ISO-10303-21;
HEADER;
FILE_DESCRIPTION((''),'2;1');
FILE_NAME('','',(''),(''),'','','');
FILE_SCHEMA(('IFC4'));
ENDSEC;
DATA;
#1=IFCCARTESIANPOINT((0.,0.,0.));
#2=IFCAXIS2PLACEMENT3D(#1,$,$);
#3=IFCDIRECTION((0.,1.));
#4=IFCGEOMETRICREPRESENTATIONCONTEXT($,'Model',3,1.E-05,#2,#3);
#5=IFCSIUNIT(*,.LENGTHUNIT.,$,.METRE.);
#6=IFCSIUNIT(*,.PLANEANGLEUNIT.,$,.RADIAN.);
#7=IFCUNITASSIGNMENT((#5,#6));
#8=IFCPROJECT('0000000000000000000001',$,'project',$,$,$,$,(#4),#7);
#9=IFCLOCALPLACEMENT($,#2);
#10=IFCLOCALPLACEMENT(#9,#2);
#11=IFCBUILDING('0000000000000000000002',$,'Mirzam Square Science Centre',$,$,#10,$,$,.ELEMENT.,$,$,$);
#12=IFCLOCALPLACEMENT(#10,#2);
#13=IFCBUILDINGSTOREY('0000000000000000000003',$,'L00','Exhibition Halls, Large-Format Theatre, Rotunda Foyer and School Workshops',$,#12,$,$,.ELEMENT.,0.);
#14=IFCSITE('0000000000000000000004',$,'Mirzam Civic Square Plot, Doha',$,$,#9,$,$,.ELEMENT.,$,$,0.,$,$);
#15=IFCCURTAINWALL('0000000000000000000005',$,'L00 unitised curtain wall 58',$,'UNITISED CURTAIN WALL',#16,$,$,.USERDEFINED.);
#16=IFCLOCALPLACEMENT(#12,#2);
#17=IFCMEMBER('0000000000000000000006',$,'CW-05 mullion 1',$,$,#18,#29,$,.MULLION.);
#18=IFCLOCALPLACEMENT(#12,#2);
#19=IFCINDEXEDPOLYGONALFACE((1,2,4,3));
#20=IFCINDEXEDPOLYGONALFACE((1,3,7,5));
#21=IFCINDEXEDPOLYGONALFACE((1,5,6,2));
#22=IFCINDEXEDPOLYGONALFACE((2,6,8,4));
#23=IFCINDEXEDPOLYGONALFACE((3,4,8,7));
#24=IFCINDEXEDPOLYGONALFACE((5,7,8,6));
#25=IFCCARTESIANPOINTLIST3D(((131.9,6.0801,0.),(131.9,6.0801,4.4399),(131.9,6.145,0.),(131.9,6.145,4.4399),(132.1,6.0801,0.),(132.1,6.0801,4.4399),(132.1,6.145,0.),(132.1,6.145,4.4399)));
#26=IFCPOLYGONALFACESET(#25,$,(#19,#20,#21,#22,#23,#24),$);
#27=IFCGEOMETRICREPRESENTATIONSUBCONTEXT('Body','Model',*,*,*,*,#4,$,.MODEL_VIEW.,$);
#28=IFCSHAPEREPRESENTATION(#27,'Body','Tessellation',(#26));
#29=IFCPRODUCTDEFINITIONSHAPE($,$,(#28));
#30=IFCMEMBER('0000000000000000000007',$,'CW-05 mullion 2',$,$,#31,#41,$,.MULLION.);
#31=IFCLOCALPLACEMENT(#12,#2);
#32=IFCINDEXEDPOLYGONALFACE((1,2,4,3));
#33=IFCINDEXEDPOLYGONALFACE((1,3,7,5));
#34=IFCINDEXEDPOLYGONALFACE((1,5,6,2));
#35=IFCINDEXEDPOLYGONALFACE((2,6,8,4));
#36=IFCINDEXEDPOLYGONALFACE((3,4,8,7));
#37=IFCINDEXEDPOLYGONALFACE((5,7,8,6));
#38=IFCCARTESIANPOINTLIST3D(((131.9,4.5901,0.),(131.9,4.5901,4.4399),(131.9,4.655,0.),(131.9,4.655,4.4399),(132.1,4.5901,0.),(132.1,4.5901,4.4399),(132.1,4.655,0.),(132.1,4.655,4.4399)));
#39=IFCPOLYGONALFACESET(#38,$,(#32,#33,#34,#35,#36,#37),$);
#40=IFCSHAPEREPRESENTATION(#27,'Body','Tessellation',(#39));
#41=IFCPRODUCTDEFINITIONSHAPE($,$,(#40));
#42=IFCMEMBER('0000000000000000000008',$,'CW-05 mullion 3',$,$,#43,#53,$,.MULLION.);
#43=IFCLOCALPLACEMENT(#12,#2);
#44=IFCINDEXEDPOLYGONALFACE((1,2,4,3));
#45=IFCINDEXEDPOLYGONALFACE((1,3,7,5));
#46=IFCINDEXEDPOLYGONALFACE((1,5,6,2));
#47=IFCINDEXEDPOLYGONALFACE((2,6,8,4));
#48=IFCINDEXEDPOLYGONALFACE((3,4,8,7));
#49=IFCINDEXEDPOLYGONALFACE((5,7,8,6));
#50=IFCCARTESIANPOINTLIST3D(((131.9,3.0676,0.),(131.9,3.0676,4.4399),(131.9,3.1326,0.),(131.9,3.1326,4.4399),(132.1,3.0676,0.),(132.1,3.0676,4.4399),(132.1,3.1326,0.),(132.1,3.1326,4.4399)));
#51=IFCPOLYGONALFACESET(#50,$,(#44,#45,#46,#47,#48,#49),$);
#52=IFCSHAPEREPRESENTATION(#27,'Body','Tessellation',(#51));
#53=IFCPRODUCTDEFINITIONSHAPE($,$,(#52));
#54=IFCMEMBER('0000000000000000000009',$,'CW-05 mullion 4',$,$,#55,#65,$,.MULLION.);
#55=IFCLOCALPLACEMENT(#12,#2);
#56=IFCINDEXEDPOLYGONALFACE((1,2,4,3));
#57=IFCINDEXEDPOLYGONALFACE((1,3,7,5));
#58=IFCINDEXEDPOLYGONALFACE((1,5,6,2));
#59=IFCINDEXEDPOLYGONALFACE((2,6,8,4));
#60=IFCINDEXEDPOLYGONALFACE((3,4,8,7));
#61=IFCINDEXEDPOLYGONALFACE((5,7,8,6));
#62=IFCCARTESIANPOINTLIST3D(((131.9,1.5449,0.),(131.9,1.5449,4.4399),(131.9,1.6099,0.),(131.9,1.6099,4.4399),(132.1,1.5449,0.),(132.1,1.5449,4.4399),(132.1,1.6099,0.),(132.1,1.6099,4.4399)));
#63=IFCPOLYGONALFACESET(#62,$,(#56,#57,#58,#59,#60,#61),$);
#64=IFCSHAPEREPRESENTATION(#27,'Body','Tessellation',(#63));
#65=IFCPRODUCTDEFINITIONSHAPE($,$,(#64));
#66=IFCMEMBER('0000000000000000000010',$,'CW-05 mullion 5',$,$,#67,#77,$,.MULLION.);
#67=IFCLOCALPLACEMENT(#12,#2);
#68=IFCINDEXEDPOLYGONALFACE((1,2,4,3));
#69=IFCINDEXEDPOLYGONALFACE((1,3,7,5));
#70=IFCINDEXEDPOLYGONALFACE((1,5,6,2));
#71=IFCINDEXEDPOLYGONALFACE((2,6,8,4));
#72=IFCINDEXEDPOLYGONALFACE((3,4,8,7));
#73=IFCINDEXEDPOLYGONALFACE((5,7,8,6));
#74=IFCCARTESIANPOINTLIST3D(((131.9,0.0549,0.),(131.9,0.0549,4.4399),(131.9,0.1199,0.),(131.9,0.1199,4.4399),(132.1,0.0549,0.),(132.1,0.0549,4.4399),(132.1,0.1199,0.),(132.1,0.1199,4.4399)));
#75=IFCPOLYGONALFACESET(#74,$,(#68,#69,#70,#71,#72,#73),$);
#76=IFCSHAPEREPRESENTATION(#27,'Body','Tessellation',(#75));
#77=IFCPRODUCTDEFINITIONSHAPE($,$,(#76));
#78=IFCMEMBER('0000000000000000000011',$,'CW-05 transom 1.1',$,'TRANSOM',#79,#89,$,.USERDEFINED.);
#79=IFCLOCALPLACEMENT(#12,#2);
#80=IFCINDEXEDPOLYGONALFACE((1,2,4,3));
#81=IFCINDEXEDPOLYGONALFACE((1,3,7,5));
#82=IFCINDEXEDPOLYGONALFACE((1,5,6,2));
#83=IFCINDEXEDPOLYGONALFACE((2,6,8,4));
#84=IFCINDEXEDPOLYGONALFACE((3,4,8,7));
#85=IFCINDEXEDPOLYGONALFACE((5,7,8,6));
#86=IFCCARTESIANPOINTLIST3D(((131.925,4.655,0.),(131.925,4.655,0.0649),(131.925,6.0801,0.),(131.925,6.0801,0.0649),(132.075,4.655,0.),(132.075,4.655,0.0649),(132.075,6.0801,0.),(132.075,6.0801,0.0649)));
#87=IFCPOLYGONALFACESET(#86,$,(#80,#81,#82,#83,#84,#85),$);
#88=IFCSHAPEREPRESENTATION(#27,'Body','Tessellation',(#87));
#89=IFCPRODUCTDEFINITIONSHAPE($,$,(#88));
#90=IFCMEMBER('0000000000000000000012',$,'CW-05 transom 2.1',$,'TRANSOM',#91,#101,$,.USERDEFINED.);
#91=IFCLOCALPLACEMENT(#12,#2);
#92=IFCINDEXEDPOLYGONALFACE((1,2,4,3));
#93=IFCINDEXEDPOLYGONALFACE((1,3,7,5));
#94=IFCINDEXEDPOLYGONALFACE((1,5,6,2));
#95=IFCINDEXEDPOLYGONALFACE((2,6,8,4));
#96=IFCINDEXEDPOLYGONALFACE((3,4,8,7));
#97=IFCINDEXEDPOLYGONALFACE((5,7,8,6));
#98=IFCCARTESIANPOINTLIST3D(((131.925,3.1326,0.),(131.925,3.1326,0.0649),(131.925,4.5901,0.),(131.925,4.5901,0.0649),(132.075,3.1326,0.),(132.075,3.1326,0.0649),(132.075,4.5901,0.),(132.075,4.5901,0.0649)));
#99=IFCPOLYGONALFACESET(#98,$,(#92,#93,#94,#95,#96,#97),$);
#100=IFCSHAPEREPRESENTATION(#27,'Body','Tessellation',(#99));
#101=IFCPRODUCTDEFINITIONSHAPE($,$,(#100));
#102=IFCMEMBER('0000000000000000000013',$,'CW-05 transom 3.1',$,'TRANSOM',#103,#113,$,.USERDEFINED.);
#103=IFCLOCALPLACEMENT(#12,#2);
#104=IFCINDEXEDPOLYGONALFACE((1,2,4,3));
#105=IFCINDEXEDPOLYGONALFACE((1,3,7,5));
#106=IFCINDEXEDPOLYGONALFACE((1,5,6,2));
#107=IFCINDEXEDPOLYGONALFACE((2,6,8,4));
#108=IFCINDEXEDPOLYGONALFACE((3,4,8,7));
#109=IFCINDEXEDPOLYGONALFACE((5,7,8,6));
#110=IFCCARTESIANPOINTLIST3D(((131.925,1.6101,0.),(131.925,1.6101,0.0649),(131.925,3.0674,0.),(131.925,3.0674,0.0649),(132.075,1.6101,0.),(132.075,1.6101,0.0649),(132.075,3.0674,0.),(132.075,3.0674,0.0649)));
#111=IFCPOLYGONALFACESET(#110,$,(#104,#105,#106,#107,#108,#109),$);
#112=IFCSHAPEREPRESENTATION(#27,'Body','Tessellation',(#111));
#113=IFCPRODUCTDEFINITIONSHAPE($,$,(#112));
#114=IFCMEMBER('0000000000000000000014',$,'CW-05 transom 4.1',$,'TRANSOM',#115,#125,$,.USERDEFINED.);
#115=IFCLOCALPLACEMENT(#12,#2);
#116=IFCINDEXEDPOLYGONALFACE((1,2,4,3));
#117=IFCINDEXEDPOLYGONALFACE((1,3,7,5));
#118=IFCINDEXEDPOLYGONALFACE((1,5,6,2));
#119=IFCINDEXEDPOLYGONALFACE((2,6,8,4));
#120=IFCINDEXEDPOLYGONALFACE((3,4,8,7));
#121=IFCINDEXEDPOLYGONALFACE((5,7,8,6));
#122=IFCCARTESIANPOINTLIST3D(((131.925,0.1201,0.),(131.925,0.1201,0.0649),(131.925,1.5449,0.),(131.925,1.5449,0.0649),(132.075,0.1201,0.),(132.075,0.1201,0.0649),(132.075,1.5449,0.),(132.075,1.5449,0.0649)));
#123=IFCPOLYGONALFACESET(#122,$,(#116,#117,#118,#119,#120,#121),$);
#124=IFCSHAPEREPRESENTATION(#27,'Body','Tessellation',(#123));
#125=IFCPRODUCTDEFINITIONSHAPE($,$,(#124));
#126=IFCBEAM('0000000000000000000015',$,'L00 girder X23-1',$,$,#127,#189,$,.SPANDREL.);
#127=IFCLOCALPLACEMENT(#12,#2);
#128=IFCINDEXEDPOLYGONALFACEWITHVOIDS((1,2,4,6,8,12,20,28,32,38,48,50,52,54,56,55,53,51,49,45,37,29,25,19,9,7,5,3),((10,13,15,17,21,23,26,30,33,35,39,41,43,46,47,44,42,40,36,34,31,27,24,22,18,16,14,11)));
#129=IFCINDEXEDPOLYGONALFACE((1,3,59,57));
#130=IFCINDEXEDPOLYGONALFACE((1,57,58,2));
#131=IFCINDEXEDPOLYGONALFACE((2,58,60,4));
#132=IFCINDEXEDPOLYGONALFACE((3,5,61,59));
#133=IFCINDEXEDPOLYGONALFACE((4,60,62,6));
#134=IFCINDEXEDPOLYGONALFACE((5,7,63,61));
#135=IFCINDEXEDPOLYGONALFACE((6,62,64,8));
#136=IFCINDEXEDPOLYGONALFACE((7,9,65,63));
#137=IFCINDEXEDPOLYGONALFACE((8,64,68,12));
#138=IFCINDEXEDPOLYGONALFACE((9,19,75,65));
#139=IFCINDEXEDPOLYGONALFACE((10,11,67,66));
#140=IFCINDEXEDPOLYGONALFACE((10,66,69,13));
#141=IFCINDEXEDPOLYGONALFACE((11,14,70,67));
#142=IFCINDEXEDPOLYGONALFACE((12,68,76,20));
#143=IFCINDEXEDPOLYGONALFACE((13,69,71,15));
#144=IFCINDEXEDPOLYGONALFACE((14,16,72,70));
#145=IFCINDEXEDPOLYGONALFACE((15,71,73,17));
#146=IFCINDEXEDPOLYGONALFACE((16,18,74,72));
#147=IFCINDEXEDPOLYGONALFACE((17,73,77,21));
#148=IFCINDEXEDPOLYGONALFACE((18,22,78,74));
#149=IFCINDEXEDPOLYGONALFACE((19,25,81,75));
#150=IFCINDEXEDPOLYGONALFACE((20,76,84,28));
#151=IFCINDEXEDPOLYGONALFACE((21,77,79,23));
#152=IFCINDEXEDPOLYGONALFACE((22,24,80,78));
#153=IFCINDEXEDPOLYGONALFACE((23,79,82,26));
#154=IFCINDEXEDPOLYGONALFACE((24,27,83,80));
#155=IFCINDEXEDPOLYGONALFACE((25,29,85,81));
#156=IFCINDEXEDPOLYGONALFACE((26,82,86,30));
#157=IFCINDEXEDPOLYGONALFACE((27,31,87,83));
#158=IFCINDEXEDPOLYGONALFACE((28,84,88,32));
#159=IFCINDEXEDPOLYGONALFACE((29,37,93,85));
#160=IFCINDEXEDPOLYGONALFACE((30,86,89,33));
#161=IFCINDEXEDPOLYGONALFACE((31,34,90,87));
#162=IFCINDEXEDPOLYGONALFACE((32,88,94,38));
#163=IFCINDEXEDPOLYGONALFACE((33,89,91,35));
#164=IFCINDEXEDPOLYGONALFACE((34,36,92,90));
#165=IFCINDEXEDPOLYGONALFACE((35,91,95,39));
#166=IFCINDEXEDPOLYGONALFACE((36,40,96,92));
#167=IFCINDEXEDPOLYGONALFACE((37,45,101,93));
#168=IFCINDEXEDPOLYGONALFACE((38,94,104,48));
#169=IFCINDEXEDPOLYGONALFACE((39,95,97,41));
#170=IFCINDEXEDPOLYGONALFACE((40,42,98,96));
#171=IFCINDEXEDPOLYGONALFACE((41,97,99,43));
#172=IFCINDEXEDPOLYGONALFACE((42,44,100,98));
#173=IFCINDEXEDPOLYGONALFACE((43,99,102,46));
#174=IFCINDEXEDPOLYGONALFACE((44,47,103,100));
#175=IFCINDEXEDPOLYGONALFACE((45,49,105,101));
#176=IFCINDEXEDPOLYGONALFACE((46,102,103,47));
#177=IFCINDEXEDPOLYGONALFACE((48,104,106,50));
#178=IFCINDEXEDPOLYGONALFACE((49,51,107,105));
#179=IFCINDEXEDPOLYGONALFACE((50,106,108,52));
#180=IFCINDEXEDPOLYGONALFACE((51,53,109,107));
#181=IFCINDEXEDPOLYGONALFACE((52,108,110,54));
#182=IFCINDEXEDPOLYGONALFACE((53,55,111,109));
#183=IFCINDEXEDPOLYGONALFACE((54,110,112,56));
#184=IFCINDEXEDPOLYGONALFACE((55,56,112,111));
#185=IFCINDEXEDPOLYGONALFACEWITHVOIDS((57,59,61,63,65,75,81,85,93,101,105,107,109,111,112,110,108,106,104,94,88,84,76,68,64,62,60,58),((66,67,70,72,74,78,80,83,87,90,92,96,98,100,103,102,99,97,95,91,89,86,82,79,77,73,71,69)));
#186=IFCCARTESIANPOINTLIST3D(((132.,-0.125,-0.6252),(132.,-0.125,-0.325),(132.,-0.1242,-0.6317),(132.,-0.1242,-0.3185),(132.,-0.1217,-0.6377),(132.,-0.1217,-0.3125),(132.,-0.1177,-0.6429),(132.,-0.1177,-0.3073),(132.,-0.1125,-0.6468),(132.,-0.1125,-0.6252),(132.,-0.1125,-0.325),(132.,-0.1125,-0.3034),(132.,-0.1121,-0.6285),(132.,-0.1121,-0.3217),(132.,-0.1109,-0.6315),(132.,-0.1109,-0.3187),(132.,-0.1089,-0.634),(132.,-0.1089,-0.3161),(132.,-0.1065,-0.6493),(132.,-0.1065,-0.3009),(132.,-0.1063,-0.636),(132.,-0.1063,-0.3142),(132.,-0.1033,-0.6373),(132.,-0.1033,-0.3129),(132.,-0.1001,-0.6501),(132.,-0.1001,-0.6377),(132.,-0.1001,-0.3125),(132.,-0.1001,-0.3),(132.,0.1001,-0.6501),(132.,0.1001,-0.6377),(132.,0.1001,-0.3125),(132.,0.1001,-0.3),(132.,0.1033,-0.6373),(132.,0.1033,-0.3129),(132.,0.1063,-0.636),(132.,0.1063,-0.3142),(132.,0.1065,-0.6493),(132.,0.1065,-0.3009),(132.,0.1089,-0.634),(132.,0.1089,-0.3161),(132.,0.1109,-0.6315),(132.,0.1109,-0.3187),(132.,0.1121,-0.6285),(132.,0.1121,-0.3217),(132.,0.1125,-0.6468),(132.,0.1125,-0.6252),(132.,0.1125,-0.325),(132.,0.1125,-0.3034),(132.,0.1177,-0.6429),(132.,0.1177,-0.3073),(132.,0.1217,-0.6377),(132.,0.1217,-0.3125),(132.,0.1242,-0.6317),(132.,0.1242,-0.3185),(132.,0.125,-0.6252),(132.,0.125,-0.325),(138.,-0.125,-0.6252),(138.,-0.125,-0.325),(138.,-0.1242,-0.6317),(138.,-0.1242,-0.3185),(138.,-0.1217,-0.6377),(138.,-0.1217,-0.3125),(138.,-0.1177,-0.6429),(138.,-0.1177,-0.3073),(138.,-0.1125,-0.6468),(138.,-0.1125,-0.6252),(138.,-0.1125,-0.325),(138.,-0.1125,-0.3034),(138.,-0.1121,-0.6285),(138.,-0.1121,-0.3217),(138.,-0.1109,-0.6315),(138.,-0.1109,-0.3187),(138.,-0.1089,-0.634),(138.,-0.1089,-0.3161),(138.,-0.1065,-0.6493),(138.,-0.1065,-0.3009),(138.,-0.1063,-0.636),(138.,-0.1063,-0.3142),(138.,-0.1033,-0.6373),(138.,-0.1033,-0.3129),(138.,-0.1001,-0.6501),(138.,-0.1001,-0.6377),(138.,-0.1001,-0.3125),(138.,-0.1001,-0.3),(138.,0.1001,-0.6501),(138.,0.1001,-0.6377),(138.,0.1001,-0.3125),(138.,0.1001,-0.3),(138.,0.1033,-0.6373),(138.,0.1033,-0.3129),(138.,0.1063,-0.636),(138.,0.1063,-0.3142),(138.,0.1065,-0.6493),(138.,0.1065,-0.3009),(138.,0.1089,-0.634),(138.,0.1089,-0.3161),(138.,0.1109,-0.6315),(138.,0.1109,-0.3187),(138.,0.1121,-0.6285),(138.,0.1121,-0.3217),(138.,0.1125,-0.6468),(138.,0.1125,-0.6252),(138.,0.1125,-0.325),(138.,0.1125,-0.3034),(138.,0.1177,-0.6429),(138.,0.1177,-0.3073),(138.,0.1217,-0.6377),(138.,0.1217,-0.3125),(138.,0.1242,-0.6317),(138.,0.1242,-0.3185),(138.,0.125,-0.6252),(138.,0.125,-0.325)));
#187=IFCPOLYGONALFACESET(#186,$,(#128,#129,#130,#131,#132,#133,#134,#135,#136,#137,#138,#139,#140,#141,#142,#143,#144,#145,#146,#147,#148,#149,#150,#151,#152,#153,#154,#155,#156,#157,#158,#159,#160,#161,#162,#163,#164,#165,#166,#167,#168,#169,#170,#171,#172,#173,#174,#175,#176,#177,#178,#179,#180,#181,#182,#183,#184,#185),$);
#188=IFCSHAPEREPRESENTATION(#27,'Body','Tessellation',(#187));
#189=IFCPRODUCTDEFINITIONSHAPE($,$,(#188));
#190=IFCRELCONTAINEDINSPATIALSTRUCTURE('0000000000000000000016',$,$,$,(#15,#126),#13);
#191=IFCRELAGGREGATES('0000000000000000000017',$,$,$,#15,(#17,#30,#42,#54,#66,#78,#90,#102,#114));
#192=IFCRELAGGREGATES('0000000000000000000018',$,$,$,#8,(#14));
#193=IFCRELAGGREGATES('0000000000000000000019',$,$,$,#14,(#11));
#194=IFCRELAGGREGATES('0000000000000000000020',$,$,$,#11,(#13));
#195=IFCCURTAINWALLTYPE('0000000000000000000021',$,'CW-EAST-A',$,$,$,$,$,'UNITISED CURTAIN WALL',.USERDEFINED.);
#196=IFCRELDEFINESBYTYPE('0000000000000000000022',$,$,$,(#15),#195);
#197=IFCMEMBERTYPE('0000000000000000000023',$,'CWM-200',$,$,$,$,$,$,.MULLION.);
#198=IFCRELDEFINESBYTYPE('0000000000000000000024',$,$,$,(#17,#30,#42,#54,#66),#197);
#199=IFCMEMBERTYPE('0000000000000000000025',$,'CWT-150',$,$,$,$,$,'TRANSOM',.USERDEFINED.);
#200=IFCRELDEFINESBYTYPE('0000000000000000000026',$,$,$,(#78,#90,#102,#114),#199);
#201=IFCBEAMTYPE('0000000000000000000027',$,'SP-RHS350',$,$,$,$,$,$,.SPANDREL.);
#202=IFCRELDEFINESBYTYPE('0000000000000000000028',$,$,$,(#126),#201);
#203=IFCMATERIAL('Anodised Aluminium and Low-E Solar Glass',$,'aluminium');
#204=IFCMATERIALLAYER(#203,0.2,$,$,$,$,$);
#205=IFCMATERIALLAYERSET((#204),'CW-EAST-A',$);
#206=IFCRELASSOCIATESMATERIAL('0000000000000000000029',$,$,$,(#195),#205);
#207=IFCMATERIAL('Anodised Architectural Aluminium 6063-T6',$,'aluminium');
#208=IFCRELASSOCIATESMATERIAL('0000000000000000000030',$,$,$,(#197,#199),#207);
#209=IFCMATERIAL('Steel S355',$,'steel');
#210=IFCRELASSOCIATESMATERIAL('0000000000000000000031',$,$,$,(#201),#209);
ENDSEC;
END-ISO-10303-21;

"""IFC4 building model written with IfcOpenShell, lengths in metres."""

from ifc_helpers import new_model, si_unit, direction, frame, origin, origin_2d, place, context, subcontext, project, spatial, rectangle, hollow_rectangle, extrude, material, layer, layer_set, material_profile, profile_set, type_object, element, aggregate, save


model = new_model("IFC4")

# Units and contexts
model_context = context("Model", 3, precision=1e-05, world=origin(), true_north=direction((0.0, 1.0)))
body_context = subcontext(model_context, "Body", "Model", "MODEL_VIEW")
ifc_project = project(units=[si_unit("LENGTHUNIT", "METRE"), si_unit("PLANEANGLEUNIT", "RADIAN")], contexts=[model_context])

# Site, building, storey
site_placement = place(None, origin())
site = spatial("IfcSite", under=ifc_project, at=site_placement, Name="Mirzam Civic Square Plot, Doha", CompositionType="ELEMENT", RefElevation=0.0)
building_placement = place(site_placement, origin())
building = spatial("IfcBuilding", under=site, at=building_placement, Name="Mirzam Square Science Centre", CompositionType="ELEMENT")
storey_placement = place(building_placement, origin())
storey = spatial("IfcBuildingStorey", under=building, at=storey_placement, Name="L00", Description="Exhibition Halls, Large-Format Theatre, Rotunda Foyer and School Workshops", CompositionType="ELEMENT", Elevation=0.0)

# Shared definitions
ifc_material_1 = material(Name="Steel S355", Category="steel")

# Curtain wall, members
ifc_material_2 = material(Name="Anodised Aluminium and Low-E Solar Glass", Category="aluminium")
ifc_layer_1 = layer(ifc_material_2, 0.2)
ifc_layer_set_1 = layer_set([ifc_layer_1], Name="CW-EAST-A")
curtain_wall_type = type_object("IfcCurtainWallType", Name="CW-EAST-A", ElementType="UNITISED CURTAIN WALL", PredefinedType="USERDEFINED", material=ifc_layer_set_1)
curtain_wall_placement = place(storey_placement, origin())
curtain_wall = element("IfcCurtainWall", 1, at=curtain_wall_placement, inside=storey, type_object=curtain_wall_type, Name="L00 unitised curtain wall 58", ObjectType="UNITISED CURTAIN WALL", PredefinedType="USERDEFINED")
ifc_material_3 = material(Name="Anodised Architectural Aluminium 6063-T6", Category="aluminium")
ifc_material_profile_1 = material_profile(ifc_material_3, rectangle(XDim=0.0649, YDim=0.2, at=origin_2d()), Name="ALU-MULL-200x65x5")
ifc_profile_set_1 = profile_set([ifc_material_profile_1], Name="Anodised Architectural Aluminium 6063-T6")
member_type_1 = type_object("IfcMemberType", Name="CWM-200", PredefinedType="MULLION", material=ifc_profile_set_1)
member_1_placement = place(storey_placement, frame((132.0, 6.1125, 0.0), z_axis=(0.0, 0.0, 1.0), x_axis=(0.0, -1.0, 0.0)))
member_1 = element("IfcMember", 2, at=member_1_placement, type_object=member_type_1, Name="CW-05 mullion 1", PredefinedType="MULLION", context=body_context, shape_type="SweptSolid", body=[
    extrude(rectangle(XDim=0.0649, YDim=0.2, at=origin_2d()), origin(), (0.0, 0.0, 1.0), 4.4399),
])
member_2_placement = place(storey_placement, frame((132.0, 4.6226, 0.0), z_axis=(0.0, 0.0, 1.0), x_axis=(0.0, -1.0, 0.0)))
member_2 = element("IfcMember", 3, at=member_2_placement, type_object=member_type_1, Name="CW-05 mullion 2", PredefinedType="MULLION", context=body_context, shape_type="SweptSolid", body=[
    extrude(rectangle(XDim=0.0649, YDim=0.2, at=origin_2d()), origin(), (0.0, 0.0, 1.0), 4.4399),
])
member_3_placement = place(storey_placement, frame((132.0, 3.1001, 0.0), z_axis=(0.0, 0.0, 1.0), x_axis=(0.0, -1.0, 0.0)))
member_3 = element("IfcMember", 4, at=member_3_placement, type_object=member_type_1, Name="CW-05 mullion 3", PredefinedType="MULLION", context=body_context, shape_type="SweptSolid", body=[
    extrude(rectangle(XDim=0.0649, YDim=0.2, at=origin_2d()), origin(), (0.0, 0.0, 1.0), 4.4399),
])
member_4_placement = place(storey_placement, frame((132.0, 1.5774, 0.0), z_axis=(0.0, 0.0, 1.0), x_axis=(0.0, -1.0, 0.0)))
member_4 = element("IfcMember", 5, at=member_4_placement, type_object=member_type_1, Name="CW-05 mullion 4", PredefinedType="MULLION", context=body_context, shape_type="SweptSolid", body=[
    extrude(rectangle(XDim=0.0649, YDim=0.2, at=origin_2d()), origin(), (0.0, 0.0, 1.0), 4.4399),
])
member_5_placement = place(storey_placement, frame((132.0, 0.0874, 0.0), z_axis=(0.0, 0.0, 1.0), x_axis=(0.0, -1.0, 0.0)))
member_5 = element("IfcMember", 6, at=member_5_placement, type_object=member_type_1, Name="CW-05 mullion 5", PredefinedType="MULLION", context=body_context, shape_type="SweptSolid", body=[
    extrude(rectangle(XDim=0.0649, YDim=0.2, at=origin_2d()), origin(), (0.0, 0.0, 1.0), 4.4399),
])
ifc_material_profile_2 = material_profile(ifc_material_3, rectangle(XDim=0.1499, YDim=0.0649, at=origin_2d()), Name="ALU-TRAN-150x65x4")
ifc_profile_set_2 = profile_set([ifc_material_profile_2], Name="Anodised Architectural Aluminium 6063-T6")
member_type_2 = type_object("IfcMemberType", Name="CWT-150", ElementType="TRANSOM", PredefinedType="USERDEFINED", material=ifc_profile_set_2)
member_6_placement = place(storey_placement, frame((132.0, 6.0801, 0.0325), z_axis=(0.0, -1.0, 0.0), x_axis=(1.0, 0.0, 0.0)))
member_6 = element("IfcMember", 7, at=member_6_placement, type_object=member_type_2, Name="CW-05 transom 1.1", ObjectType="TRANSOM", PredefinedType="USERDEFINED", context=body_context, shape_type="SweptSolid", body=[
    extrude(rectangle(XDim=0.1499, YDim=0.0649, at=origin_2d()), origin(), (0.0, 0.0, 1.0), 1.425),
])
member_7_placement = place(storey_placement, frame((132.0, 4.5901, 0.0325), z_axis=(0.0, -1.0, 0.0), x_axis=(1.0, 0.0, 0.0)))
member_7 = element("IfcMember", 8, at=member_7_placement, type_object=member_type_2, Name="CW-05 transom 2.1", ObjectType="TRANSOM", PredefinedType="USERDEFINED", context=body_context, shape_type="SweptSolid", body=[
    extrude(rectangle(XDim=0.1499, YDim=0.0649, at=origin_2d()), origin(), (0.0, 0.0, 1.0), 1.4575),
])
member_8_placement = place(storey_placement, frame((132.0, 3.0674, 0.0325), z_axis=(0.0, -1.0, 0.0), x_axis=(1.0, 0.0, 0.0)))
member_8 = element("IfcMember", 9, at=member_8_placement, type_object=member_type_2, Name="CW-05 transom 3.1", ObjectType="TRANSOM", PredefinedType="USERDEFINED", context=body_context, shape_type="SweptSolid", body=[
    extrude(rectangle(XDim=0.1499, YDim=0.0649, at=origin_2d()), origin(), (0.0, 0.0, 1.0), 1.4573),
])
member_9_placement = place(storey_placement, frame((132.0, 1.5449, 0.0325), z_axis=(0.0, -1.0, 0.0), x_axis=(1.0, 0.0, 0.0)))
member_9 = element("IfcMember", 10, at=member_9_placement, type_object=member_type_2, Name="CW-05 transom 4.1", ObjectType="TRANSOM", PredefinedType="USERDEFINED", context=body_context, shape_type="SweptSolid", body=[
    extrude(rectangle(XDim=0.1499, YDim=0.0649, at=origin_2d()), origin(), (0.0, 0.0, 1.0), 1.4248),
])

# Beam
ifc_material_profile_3 = material_profile(ifc_material_1, hollow_rectangle(XDim=0.25, YDim=0.3501, WallThickness=0.0125, InnerFilletRadius=0.0125, OuterFilletRadius=0.0249, at=origin_2d()), Name="350x250x12.5RHS")
ifc_profile_set_3 = profile_set([ifc_material_profile_3], Name="Steel S355")
beam_type = type_object("IfcBeamType", Name="SP-RHS350", PredefinedType="SPANDREL", material=ifc_profile_set_3)
beam_1_placement = place(storey_placement, frame((132.0, 0.0, -0.4751), z_axis=(1.0, 0.0, 0.0), x_axis=(0.0, 1.0, 0.0)))
element("IfcBeam", 11, at=beam_1_placement, inside=storey, type_object=beam_type, Name="L00 girder X23-1", PredefinedType="SPANDREL", context=body_context, shape_type="SweptSolid", body=[
    extrude(hollow_rectangle(XDim=0.25, YDim=0.3501, WallThickness=0.0125, InnerFilletRadius=0.0125, OuterFilletRadius=0.0249, at=origin_2d()), origin(), (0.0, 0.0, 1.0), 6.0),
])

aggregate(curtain_wall, [member_1, member_2, member_3, member_4, member_5, member_6, member_7, member_8, member_9])

save(model, "model.ifc")
